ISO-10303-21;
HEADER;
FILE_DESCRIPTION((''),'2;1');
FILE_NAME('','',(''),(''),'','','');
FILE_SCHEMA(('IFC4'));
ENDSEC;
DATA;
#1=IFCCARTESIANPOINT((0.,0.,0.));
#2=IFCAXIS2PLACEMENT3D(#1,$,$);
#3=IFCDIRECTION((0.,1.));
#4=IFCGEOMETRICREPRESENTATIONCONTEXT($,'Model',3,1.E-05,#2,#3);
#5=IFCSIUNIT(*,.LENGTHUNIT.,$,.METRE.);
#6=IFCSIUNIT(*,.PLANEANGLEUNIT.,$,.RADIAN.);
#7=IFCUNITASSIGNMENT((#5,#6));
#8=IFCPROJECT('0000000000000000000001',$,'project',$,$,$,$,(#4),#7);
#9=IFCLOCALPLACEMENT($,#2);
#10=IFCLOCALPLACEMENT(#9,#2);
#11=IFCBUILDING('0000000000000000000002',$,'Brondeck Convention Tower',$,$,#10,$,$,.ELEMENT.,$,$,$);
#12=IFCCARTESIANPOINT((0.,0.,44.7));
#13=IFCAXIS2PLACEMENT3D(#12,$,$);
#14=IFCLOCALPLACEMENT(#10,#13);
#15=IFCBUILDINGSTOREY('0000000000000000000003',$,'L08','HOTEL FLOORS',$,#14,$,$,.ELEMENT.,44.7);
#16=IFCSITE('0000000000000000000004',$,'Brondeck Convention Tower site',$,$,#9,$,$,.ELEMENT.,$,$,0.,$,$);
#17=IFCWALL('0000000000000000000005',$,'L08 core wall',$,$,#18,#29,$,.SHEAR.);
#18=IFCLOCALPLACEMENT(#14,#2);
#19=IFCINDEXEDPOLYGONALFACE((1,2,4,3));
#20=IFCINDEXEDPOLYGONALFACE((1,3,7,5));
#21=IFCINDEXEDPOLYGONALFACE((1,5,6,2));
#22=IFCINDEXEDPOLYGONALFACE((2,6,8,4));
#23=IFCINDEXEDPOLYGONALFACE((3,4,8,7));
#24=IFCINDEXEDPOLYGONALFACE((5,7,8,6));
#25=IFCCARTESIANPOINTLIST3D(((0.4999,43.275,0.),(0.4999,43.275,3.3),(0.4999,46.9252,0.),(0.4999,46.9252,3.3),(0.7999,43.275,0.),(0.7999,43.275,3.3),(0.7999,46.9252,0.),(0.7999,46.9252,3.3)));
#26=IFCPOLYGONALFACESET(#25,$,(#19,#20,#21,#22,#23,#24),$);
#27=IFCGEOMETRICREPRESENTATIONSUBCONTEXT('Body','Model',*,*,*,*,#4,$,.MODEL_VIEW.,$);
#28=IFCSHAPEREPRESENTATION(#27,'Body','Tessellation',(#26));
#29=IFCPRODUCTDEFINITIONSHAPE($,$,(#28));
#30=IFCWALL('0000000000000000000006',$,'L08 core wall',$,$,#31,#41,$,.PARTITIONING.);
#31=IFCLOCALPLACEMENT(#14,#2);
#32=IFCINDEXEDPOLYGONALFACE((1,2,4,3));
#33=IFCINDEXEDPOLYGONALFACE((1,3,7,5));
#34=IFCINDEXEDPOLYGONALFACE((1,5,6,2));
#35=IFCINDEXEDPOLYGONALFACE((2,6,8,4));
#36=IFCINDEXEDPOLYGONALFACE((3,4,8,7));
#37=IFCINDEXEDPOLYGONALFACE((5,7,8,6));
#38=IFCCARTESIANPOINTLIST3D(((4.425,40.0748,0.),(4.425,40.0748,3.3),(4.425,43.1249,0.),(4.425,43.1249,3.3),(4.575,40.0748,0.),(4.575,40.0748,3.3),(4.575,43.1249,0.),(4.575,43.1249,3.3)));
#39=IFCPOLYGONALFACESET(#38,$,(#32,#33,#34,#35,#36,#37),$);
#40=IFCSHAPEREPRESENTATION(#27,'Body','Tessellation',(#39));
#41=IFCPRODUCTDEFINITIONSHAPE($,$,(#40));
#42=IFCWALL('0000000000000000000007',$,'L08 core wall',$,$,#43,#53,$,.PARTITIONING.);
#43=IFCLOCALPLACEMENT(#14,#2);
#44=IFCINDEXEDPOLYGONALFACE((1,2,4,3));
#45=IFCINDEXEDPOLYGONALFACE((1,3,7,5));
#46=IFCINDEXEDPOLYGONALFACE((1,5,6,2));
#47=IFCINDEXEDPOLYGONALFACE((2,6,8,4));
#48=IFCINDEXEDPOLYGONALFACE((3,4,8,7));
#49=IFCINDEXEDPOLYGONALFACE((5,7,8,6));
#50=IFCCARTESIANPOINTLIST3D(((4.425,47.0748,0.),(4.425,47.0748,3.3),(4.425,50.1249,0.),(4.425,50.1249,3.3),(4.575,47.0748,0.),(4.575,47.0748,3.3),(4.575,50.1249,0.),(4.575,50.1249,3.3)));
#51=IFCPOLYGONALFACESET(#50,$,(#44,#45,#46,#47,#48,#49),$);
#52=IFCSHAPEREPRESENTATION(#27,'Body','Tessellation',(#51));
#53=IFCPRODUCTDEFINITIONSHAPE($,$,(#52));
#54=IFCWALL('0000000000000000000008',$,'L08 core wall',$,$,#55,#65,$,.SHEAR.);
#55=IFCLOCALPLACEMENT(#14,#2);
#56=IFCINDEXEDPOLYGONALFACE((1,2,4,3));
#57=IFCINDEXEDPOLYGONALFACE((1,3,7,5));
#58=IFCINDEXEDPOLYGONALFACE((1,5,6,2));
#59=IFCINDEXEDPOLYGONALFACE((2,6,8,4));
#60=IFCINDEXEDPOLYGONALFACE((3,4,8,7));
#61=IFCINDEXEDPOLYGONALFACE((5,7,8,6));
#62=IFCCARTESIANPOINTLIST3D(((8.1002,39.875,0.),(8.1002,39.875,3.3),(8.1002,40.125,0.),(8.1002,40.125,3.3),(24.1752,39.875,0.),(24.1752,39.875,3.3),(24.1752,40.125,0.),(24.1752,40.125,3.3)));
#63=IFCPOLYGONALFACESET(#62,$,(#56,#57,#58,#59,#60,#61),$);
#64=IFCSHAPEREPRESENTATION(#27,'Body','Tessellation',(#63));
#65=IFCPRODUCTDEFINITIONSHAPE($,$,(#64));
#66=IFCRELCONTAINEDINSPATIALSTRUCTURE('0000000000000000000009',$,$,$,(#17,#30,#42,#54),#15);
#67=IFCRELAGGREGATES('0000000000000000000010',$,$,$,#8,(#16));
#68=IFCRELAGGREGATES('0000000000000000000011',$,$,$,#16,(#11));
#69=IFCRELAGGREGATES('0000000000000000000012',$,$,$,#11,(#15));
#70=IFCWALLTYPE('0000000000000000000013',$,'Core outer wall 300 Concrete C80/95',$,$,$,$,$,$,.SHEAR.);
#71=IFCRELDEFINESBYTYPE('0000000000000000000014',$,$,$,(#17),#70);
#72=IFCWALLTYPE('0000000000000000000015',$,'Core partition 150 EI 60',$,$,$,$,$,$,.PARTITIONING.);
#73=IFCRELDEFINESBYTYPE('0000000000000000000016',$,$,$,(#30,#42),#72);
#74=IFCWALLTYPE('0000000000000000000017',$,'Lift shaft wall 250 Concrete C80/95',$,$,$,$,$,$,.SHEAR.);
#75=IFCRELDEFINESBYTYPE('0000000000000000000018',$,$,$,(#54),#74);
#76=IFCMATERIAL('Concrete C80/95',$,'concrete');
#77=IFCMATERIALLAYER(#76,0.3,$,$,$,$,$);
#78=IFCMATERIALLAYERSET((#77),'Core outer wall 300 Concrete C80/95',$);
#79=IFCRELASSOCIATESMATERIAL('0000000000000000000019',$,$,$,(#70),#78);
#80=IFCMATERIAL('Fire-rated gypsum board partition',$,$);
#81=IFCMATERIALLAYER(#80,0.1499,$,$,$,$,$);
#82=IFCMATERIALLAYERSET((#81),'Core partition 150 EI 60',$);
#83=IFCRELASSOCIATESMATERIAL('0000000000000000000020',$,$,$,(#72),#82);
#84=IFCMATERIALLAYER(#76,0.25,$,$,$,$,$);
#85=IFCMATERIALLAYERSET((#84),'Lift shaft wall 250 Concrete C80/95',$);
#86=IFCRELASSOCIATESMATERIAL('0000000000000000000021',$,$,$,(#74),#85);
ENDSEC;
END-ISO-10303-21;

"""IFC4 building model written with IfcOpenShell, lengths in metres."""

from ifc_helpers import new_model, si_unit, direction, frame, frame_2d, origin, place, context, subcontext, project, spatial, rectangle, extrude, material, layer, layer_set, type_object, element, save


model = new_model("IFC4")

# Units and contexts
model_context = context("Model", 3, precision=1e-05, world=origin(), true_north=direction((0.0, 1.0)))
body_context = subcontext(model_context, "Body", "Model", "MODEL_VIEW")
ifc_project = project(units=[si_unit("LENGTHUNIT", "METRE"), si_unit("PLANEANGLEUNIT", "RADIAN")], contexts=[model_context])

# Site, building, storey
site_placement = place(None, origin())
site = spatial("IfcSite", under=ifc_project, at=site_placement, Name="Brondeck Convention Tower site", CompositionType="ELEMENT", RefElevation=0.0)
building_placement = place(site_placement, origin())
building = spatial("IfcBuilding", under=site, at=building_placement, Name="Brondeck Convention Tower", CompositionType="ELEMENT")
storey_placement = place(building_placement, frame((0.0, 0.0, 44.7)))
storey = spatial("IfcBuildingStorey", under=building, at=storey_placement, Name="L08", Description="HOTEL FLOORS", CompositionType="ELEMENT", Elevation=44.7)

# Walls
ifc_material_1 = material(Name="Concrete C80/95", Category="concrete")
ifc_layer_1 = layer(ifc_material_1, 0.3)
ifc_layer_set_1 = layer_set([ifc_layer_1], Name="Core outer wall 300 Concrete C80/95")
wall_type_1 = type_object("IfcWallType", Name="Core outer wall 300 Concrete C80/95", PredefinedType="SHEAR", material=ifc_layer_set_1)
wall_1_placement = place(storey_placement, frame((0.6499, 43.2749, 0.0), z_axis=(0.0, 0.0, 1.0), x_axis=(0.0, 1.0, 0.0)))
element("IfcWall", 1, at=wall_1_placement, inside=storey, type_object=wall_type_1, Name="L08 core wall", PredefinedType="SHEAR", context=body_context, shape_type="SweptSolid", body=[
    extrude(rectangle(XDim=3.6501, YDim=0.3, at=frame_2d((1.8252, 0.0))), origin(), (0.0, 0.0, 1.0), 3.3),
])
ifc_material_2 = material(Name="Fire-rated gypsum board partition")
ifc_layer_2 = layer(ifc_material_2, 0.1499)
ifc_layer_set_2 = layer_set([ifc_layer_2], Name="Core partition 150 EI 60")
wall_type_2 = type_object("IfcWallType", Name="Core partition 150 EI 60", PredefinedType="PARTITIONING", material=ifc_layer_set_2)
for number, where, z_axis, x_axis, name in (
    (2, (4.5, 40.075, 0.0), (0.0, 0.0, 1.0), (0.0, 1.0, 0.0), "L08 core wall"),
    (3, (4.5, 47.075, 0.0), (0.0, 0.0, 1.0), (0.0, 1.0, 0.0), "L08 core wall"),
):
    element("IfcWall", number, at=place(storey_placement, frame(where, z_axis=z_axis, x_axis=x_axis)), inside=storey, type_object=wall_type_2, Name=name, PredefinedType="PARTITIONING", context=body_context, shape_type="SweptSolid", body=[
        extrude(rectangle(XDim=3.05, YDim=0.1499, at=frame_2d((1.5249, 0.0))), origin(), (0.0, 0.0, 1.0), 3.3),
    ])
ifc_layer_3 = layer(ifc_material_1, 0.25)
ifc_layer_set_3 = layer_set([ifc_layer_3], Name="Lift shaft wall 250 Concrete C80/95")
wall_type_3 = type_object("IfcWallType", Name="Lift shaft wall 250 Concrete C80/95", PredefinedType="SHEAR", material=ifc_layer_set_3)
wall_2_placement = place(storey_placement, frame((8.1001, 40.0, 0.0), z_axis=(0.0, 0.0, 1.0), x_axis=(1.0, 0.0, 0.0)))
element("IfcWall", 4, at=wall_2_placement, inside=storey, type_object=wall_type_3, Name="L08 core wall", PredefinedType="SHEAR", context=body_context, shape_type="SweptSolid", body=[
    extrude(rectangle(XDim=16.075, YDim=0.25, at=frame_2d((8.0376, 0.0))), origin(), (0.0, 0.0, 1.0), 3.3),
])

save(model, "model.ifc")
